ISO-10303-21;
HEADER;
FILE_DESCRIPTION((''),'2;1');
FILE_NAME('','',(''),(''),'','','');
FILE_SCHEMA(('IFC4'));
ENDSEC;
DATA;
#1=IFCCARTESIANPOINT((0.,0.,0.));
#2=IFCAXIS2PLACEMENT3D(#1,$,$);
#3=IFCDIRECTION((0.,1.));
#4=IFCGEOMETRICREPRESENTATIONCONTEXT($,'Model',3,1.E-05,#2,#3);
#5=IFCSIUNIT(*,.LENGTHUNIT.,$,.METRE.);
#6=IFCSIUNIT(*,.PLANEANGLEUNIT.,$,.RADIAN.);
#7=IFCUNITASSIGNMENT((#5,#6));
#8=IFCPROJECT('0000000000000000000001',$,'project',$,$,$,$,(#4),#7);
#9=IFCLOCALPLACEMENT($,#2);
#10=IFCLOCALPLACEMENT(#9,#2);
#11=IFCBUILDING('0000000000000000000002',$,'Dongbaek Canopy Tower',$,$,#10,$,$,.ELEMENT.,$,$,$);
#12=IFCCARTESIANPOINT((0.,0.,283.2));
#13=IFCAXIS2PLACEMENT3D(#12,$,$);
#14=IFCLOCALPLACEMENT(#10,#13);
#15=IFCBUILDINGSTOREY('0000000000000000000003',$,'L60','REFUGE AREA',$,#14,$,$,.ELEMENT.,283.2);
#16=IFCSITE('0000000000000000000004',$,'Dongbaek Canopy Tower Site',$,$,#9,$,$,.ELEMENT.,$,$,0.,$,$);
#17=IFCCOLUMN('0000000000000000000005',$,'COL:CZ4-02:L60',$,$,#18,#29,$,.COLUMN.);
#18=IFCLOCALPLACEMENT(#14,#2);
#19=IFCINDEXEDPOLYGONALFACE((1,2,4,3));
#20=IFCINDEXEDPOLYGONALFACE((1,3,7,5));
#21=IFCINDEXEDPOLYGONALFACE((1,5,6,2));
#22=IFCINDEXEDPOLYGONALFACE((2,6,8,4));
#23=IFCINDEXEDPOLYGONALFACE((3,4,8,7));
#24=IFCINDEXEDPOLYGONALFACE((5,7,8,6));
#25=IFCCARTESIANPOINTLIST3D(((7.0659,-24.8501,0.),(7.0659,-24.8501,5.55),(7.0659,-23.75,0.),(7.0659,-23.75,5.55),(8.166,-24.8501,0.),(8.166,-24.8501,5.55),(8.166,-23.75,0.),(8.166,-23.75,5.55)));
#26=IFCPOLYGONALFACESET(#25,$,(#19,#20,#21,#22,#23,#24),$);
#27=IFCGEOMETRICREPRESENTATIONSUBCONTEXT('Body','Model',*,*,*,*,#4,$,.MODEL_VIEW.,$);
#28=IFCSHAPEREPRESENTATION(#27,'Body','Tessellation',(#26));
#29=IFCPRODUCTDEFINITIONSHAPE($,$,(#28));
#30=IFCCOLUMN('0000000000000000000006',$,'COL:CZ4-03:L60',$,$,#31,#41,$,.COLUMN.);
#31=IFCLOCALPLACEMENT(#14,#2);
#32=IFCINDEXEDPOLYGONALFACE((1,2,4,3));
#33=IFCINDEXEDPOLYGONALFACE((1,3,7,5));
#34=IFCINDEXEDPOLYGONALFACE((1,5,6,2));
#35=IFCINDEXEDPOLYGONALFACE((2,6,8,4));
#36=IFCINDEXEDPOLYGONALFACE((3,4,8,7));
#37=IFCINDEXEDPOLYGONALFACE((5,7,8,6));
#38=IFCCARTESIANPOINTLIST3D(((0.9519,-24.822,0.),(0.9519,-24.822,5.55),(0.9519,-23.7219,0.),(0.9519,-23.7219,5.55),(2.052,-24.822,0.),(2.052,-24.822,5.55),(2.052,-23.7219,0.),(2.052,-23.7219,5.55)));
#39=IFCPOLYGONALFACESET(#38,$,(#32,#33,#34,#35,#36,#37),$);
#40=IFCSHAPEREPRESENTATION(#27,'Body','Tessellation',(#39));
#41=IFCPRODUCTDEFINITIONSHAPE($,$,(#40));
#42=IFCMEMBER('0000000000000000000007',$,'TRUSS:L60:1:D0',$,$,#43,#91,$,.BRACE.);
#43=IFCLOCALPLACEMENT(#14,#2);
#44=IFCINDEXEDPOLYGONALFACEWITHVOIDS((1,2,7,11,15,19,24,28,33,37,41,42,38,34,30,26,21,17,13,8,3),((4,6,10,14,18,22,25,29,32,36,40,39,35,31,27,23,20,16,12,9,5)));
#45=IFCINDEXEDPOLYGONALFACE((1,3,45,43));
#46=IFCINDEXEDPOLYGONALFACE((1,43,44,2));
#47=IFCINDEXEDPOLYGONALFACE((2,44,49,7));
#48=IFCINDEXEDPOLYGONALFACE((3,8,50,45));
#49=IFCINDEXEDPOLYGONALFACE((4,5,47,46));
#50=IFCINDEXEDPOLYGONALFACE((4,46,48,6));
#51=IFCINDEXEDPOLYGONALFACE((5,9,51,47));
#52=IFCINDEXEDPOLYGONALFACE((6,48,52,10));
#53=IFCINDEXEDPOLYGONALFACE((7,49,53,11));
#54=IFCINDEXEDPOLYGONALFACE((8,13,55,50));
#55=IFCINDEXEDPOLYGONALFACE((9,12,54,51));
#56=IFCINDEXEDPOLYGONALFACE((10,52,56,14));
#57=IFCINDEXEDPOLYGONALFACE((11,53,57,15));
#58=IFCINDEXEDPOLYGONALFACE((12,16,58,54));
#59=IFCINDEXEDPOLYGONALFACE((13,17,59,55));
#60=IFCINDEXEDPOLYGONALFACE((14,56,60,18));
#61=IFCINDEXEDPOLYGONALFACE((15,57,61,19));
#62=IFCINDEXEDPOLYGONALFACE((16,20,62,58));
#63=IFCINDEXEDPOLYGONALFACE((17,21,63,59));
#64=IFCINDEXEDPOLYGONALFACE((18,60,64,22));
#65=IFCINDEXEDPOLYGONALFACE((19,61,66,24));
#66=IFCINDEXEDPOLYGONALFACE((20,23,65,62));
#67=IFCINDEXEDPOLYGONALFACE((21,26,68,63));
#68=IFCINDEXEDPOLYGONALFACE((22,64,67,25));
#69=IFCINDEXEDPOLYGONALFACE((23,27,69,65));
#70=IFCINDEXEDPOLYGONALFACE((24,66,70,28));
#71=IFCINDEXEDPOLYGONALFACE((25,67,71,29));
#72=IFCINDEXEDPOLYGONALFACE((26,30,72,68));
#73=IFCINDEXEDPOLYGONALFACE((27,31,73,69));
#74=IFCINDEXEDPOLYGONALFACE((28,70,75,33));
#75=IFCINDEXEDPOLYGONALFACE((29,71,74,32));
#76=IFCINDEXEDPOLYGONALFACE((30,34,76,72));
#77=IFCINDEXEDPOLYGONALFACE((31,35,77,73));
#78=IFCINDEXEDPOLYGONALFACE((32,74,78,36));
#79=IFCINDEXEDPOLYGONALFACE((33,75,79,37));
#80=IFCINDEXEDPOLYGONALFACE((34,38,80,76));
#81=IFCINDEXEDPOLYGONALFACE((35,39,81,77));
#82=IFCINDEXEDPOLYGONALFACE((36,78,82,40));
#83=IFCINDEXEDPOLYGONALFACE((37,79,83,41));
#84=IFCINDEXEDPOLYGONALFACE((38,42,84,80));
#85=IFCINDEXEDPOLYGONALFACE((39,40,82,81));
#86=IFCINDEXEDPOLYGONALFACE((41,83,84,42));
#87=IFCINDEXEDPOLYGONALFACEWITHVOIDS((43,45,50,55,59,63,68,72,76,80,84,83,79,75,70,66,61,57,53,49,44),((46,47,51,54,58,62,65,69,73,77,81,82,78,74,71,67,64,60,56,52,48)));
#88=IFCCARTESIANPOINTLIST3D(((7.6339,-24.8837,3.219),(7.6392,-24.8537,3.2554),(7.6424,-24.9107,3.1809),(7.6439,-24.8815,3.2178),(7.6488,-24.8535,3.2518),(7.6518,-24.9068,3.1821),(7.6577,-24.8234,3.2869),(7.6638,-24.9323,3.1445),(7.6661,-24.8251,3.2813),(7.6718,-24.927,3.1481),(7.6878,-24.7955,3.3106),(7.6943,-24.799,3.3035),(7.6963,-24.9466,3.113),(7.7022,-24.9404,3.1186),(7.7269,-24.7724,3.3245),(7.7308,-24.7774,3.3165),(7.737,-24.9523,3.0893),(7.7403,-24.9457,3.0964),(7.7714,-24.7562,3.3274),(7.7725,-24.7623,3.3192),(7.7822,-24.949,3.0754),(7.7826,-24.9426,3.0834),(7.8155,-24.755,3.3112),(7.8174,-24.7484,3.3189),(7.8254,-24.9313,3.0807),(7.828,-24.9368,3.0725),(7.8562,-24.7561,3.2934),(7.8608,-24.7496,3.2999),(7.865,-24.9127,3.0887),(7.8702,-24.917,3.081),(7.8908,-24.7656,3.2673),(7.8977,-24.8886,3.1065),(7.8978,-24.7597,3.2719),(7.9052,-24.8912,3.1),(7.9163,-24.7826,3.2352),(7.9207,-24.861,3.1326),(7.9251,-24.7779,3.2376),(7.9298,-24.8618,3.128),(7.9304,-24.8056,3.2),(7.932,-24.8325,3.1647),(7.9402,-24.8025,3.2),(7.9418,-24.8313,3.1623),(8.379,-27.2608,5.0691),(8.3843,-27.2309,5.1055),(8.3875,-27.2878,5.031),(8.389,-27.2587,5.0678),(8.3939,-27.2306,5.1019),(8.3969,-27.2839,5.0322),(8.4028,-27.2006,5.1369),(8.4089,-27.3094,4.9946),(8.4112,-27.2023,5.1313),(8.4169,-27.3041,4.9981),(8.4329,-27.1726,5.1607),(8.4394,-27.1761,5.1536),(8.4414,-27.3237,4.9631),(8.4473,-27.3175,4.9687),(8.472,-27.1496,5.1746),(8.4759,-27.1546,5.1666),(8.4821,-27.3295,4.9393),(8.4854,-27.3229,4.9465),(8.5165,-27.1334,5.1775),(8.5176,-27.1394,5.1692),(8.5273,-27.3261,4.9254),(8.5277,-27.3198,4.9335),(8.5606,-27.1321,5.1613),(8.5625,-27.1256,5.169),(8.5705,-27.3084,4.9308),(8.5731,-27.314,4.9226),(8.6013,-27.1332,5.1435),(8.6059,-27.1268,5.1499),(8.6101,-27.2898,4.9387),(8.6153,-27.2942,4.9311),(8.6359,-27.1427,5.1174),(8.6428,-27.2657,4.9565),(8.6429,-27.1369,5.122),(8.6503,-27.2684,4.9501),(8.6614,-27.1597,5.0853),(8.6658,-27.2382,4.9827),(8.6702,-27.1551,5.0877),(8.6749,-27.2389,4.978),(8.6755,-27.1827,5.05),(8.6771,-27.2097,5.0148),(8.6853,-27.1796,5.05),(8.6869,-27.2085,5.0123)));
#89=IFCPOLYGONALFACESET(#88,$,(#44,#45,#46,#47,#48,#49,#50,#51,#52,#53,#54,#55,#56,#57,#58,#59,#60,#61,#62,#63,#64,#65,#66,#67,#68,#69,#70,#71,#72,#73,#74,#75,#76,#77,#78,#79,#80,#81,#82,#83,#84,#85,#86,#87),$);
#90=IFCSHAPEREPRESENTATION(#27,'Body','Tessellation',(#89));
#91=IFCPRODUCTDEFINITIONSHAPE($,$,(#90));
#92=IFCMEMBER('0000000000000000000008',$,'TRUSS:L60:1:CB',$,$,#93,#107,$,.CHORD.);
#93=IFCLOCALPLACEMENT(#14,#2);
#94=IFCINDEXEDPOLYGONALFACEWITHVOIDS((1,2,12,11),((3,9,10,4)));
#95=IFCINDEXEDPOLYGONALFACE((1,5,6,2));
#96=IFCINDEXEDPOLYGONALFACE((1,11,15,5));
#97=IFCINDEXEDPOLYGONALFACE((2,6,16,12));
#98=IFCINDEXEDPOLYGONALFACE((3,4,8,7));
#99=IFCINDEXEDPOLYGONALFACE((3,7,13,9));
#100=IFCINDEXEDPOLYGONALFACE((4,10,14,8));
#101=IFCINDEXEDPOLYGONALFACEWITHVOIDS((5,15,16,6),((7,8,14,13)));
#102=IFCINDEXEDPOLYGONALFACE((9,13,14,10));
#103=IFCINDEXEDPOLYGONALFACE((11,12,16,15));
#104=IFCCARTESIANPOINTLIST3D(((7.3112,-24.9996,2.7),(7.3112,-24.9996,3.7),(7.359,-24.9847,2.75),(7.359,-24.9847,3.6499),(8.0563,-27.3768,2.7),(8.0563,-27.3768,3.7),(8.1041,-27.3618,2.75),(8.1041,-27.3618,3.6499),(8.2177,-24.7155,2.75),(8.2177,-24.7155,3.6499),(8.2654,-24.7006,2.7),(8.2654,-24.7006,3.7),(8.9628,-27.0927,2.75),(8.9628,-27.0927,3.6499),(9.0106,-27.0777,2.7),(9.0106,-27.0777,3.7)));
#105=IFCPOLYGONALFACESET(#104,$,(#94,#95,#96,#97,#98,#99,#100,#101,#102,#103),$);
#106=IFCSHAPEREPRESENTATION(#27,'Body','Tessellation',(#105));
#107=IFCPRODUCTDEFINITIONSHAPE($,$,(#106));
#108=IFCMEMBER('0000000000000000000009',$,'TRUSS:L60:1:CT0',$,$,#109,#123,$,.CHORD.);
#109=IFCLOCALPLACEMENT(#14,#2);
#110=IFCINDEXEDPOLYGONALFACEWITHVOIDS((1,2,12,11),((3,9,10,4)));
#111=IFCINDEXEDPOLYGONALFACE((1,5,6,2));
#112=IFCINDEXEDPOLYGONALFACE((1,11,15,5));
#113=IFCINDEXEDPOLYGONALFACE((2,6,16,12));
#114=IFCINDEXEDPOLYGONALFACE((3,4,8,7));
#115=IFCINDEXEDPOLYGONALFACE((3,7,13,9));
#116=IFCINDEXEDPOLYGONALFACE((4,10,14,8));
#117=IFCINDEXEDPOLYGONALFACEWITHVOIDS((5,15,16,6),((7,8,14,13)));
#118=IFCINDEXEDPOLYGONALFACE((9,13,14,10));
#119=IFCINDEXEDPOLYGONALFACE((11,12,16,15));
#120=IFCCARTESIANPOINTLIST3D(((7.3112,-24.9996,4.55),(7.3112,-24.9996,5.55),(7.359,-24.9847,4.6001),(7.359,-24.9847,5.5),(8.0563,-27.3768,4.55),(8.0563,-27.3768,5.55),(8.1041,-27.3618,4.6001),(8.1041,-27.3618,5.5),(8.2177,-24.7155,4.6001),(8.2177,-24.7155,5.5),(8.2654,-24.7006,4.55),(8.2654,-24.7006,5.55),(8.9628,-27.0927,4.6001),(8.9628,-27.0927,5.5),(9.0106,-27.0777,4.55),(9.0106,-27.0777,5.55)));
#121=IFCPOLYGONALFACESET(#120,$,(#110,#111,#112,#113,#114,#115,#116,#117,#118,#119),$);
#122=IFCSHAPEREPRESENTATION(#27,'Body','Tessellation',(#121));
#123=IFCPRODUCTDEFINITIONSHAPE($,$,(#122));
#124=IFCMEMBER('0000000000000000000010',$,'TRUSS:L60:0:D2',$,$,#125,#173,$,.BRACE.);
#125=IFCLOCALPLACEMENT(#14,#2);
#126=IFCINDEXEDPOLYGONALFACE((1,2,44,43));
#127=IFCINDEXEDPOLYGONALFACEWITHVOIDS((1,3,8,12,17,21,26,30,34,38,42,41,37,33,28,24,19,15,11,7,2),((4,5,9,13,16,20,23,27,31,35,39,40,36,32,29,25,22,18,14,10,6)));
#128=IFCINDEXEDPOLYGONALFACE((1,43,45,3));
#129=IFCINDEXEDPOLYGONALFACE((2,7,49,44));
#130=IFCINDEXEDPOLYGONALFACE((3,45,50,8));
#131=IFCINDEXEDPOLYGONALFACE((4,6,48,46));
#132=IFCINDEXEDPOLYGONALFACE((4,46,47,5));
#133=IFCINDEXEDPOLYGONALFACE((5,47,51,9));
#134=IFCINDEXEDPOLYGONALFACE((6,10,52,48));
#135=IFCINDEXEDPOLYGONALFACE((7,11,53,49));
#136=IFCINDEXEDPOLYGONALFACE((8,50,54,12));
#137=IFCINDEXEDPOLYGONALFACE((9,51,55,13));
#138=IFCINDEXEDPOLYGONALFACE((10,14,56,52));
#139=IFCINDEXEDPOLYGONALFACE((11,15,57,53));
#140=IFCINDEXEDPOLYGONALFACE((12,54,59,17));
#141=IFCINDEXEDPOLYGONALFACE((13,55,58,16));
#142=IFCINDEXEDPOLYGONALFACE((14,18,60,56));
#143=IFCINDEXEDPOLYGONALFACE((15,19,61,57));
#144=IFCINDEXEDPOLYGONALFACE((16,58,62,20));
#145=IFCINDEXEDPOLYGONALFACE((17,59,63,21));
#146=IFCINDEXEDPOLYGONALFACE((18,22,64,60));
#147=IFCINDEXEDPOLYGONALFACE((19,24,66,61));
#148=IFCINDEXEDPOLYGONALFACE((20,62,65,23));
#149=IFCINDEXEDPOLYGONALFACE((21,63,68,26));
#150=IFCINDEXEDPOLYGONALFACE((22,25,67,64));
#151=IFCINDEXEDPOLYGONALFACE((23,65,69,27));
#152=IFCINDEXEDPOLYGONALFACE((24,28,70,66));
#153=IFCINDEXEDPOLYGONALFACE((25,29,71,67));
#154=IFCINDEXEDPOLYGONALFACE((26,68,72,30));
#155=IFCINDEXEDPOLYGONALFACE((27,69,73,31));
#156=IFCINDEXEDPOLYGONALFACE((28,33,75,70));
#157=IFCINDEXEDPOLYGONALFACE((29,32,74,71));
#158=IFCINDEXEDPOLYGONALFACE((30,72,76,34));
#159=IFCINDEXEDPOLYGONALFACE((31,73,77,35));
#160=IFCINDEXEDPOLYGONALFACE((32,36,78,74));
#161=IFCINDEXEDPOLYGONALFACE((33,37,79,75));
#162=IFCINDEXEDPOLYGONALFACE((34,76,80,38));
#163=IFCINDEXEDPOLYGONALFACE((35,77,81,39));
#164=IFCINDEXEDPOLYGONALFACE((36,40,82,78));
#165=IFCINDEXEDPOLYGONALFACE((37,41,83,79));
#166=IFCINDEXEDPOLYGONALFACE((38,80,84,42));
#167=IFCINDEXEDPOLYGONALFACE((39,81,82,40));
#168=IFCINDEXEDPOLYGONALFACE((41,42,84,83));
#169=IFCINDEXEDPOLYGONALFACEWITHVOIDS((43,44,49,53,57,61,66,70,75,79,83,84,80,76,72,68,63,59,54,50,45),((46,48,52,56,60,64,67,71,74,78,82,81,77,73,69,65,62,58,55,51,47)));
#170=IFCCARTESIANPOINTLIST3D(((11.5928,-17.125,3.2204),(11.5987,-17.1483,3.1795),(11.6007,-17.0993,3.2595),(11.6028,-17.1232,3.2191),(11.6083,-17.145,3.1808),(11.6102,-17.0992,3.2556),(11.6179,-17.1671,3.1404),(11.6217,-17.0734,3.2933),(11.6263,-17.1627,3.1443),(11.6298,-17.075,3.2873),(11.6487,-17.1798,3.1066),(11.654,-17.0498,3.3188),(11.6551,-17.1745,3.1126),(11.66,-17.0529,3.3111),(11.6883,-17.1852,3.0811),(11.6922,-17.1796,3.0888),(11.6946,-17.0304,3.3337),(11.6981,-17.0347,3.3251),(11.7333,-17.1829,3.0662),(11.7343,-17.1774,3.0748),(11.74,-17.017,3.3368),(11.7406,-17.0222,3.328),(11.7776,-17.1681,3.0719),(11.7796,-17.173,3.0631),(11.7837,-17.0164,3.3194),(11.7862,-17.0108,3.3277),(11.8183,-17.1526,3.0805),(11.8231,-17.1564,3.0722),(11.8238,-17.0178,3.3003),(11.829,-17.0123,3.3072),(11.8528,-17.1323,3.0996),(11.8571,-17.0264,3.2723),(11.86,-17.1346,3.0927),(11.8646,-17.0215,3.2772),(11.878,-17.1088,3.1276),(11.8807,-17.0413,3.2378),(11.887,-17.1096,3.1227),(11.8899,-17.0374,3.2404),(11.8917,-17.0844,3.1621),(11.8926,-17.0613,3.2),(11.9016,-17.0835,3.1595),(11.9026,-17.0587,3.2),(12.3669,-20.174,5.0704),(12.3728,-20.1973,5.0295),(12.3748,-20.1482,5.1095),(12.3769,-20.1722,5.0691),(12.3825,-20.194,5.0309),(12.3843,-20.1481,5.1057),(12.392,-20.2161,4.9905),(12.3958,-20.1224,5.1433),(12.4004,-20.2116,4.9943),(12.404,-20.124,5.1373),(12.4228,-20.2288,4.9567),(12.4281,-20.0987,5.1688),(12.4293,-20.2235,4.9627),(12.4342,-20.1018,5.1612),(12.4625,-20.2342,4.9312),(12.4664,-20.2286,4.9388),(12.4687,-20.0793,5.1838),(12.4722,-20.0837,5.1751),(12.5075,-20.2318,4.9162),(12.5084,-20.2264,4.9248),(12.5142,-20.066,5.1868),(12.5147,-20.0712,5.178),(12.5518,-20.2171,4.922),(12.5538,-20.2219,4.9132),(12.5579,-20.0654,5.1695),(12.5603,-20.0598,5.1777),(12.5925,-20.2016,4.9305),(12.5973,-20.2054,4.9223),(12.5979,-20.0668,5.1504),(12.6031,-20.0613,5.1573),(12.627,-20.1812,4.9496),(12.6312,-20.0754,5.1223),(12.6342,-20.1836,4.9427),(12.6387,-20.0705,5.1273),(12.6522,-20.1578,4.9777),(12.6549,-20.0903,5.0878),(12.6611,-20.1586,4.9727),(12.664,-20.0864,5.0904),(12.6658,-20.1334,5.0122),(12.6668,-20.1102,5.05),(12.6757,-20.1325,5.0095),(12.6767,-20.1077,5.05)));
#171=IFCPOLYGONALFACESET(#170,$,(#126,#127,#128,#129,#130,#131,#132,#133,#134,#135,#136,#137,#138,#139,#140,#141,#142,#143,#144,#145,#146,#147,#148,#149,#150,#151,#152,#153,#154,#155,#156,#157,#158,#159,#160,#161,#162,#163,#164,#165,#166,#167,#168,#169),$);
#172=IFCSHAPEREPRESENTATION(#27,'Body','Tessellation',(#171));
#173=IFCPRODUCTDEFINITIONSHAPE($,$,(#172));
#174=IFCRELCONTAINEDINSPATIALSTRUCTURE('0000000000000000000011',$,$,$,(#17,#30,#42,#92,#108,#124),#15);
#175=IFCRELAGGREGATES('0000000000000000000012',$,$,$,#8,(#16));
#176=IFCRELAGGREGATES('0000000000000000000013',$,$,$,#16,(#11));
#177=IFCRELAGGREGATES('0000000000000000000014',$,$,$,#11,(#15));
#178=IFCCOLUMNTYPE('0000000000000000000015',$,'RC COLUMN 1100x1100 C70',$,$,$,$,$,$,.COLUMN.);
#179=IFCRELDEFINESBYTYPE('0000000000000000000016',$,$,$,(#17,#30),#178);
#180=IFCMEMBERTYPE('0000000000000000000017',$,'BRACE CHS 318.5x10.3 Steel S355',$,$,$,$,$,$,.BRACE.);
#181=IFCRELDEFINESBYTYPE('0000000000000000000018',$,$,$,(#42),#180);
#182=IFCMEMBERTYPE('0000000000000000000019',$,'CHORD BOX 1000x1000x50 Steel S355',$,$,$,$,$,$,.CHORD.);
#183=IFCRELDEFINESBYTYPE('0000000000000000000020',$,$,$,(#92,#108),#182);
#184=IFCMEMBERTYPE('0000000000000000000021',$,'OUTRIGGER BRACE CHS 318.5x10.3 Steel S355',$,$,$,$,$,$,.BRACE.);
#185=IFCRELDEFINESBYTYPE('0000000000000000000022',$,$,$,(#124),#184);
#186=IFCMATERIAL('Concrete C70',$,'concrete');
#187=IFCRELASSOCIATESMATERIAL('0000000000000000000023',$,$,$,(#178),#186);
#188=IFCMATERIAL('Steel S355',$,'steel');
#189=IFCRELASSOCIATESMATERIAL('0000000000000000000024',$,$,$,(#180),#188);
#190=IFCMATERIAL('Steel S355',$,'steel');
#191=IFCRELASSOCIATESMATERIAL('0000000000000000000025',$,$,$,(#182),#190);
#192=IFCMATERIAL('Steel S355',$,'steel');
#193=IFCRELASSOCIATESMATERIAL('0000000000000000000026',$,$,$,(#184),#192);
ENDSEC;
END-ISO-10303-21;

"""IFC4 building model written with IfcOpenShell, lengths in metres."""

from ifc_helpers import new_model, si_unit, direction, frame, origin, origin_2d, place, context, subcontext, project, spatial, rectangle, hollow_rectangle, hollow_circle, extrude, material, material_profile, profile_set, type_object, element, save


model = new_model("IFC4")

# Units and contexts
model_context = context("Model", 3, precision=1e-05, world=origin(), true_north=direction((0.0, 1.0)))
body_context = subcontext(model_context, "Body", "Model", "MODEL_VIEW")
ifc_project = project(units=[si_unit("LENGTHUNIT", "METRE"), si_unit("PLANEANGLEUNIT", "RADIAN")], contexts=[model_context])

# Site, building, storey
site_placement = place(None, origin())
site = spatial("IfcSite", under=ifc_project, at=site_placement, Name="Dongbaek Canopy Tower Site", CompositionType="ELEMENT", RefElevation=0.0)
building_placement = place(site_placement, origin())
building = spatial("IfcBuilding", under=site, at=building_placement, Name="Dongbaek Canopy Tower", CompositionType="ELEMENT")
storey_placement = place(building_placement, frame((0.0, 0.0, 283.2)))
storey = spatial("IfcBuildingStorey", under=building, at=storey_placement, Name="L60", Description="REFUGE AREA", CompositionType="ELEMENT", Elevation=283.2)

# Columns
ifc_material_1 = material(Name="Concrete C70", Category="concrete")
ifc_material_profile_1 = material_profile(ifc_material_1, rectangle(XDim=1.1001, YDim=1.1001, at=origin_2d()), Name="RC COLUMN 1100x1100 C70")
ifc_profile_set_1 = profile_set([ifc_material_profile_1], Name="Concrete C70")
column_type = type_object("IfcColumnType", Name="RC COLUMN 1100x1100 C70", PredefinedType="COLUMN", material=ifc_profile_set_1)
for number, where, z_axis, x_axis, name in (
    (1, (7.616, -24.3, 0.0), (0.0, 0.0, 1.0), (1.0, 0.0, 0.0), "COL:CZ4-02:L60"),
    (2, (1.502, -24.272, 0.0), (0.0, 0.0, 1.0), (1.0, 0.0, 0.0), "COL:CZ4-03:L60"),
):
    element("IfcColumn", number, at=place(storey_placement, frame(where, z_axis=z_axis, x_axis=x_axis)), inside=storey, type_object=column_type, Name=name, PredefinedType="COLUMN", context=body_context, shape_type="SweptSolid", body=[
        extrude(rectangle(XDim=1.1001, YDim=1.1001, at=origin_2d()), origin(), (0.0, 0.0, 1.0), 5.55),
    ])

# Members
ifc_material_2 = material(Name="Steel S355", Category="steel")
ifc_material_profile_2 = material_profile(ifc_material_2, hollow_circle(Radius=0.1592, WallThickness=0.0103, at=origin_2d()), Name="BRACE CHS 318.5x10.3 Steel S355")
ifc_profile_set_2 = profile_set([ifc_material_profile_2], Name="Steel S355")
member_type_1 = type_object("IfcMemberType", Name="BRACE CHS 318.5x10.3 Steel S355", PredefinedType="BRACE", material=ifc_profile_set_2)
member_1_placement = place(storey_placement, frame((7.7883, -24.8501, 3.2), z_axis=(0.240122, -0.766076, 0.596213), x_axis=(0.954223, 0.299095, 0.0)))
element("IfcMember", 3, at=member_1_placement, inside=storey, type_object=member_type_1, Name="TRUSS:L60:1:D0", PredefinedType="BRACE", context=body_context, shape_type="SweptSolid", body=[
    extrude(hollow_circle(Radius=0.1592, WallThickness=0.0103, at=origin_2d()), origin(), (0.0, 0.0, 1.0), 3.103),
])
ifc_material_3 = material(Name="Steel S355", Category="steel")
ifc_material_profile_3 = material_profile(ifc_material_3, hollow_rectangle(XDim=1.0, YDim=1.0, WallThickness=0.05, at=origin_2d()), Name="CHORD BOX 1000x1000x50 Steel S355")
ifc_profile_set_3 = profile_set([ifc_material_profile_3], Name="Steel S355")
member_type_2 = type_object("IfcMemberType", Name="CHORD BOX 1000x1000x50 Steel S355", PredefinedType="CHORD", material=ifc_profile_set_3)
for number, where, z_axis, x_axis, name in (
    (4, (7.7883, -24.8501, 3.2), (0.299095, -0.954223, 0.0), (0.954223, 0.299095, 0.0), "TRUSS:L60:1:CB"),
    (5, (7.7883, -24.8501, 5.05), (0.299095, -0.954223, 0.0), (0.954223, 0.299095, 0.0), "TRUSS:L60:1:CT0"),
):
    element("IfcMember", number, at=place(storey_placement, frame(where, z_axis=z_axis, x_axis=x_axis)), inside=storey, type_object=member_type_2, Name=name, PredefinedType="CHORD", context=body_context, shape_type="SweptSolid", body=[
        extrude(hollow_rectangle(XDim=1.0, YDim=1.0, WallThickness=0.05, at=origin_2d()), origin(), (0.0, 0.0, 1.0), 2.4912),
    ])
ifc_material_4 = material(Name="Steel S355", Category="steel")
ifc_material_profile_4 = material_profile(ifc_material_4, hollow_circle(Radius=0.1592, WallThickness=0.0103, at=origin_2d()), Name="OUTRIGGER BRACE CHS 318.5x10.3 Steel S355")
ifc_profile_set_4 = profile_set([ifc_material_profile_4], Name="Steel S355")
member_type_3 = type_object("IfcMemberType", Name="OUTRIGGER BRACE CHS 318.5x10.3 Steel S355", PredefinedType="BRACE", material=ifc_profile_set_4)
member_2_placement = place(storey_placement, frame((11.7483, -17.0979, 3.2), z_axis=(0.212129, -0.835471, 0.506942), x_axis=(0.969246, 0.246095, 0.0)))
element("IfcMember", 6, at=member_2_placement, inside=storey, type_object=member_type_3, Name="TRUSS:L60:0:D2", PredefinedType="BRACE", context=body_context, shape_type="SweptSolid", body=[
    extrude(hollow_circle(Radius=0.1592, WallThickness=0.0103, at=origin_2d()), origin(), (0.0, 0.0, 1.0), 3.6494),
])

save(model, "model.ifc")
